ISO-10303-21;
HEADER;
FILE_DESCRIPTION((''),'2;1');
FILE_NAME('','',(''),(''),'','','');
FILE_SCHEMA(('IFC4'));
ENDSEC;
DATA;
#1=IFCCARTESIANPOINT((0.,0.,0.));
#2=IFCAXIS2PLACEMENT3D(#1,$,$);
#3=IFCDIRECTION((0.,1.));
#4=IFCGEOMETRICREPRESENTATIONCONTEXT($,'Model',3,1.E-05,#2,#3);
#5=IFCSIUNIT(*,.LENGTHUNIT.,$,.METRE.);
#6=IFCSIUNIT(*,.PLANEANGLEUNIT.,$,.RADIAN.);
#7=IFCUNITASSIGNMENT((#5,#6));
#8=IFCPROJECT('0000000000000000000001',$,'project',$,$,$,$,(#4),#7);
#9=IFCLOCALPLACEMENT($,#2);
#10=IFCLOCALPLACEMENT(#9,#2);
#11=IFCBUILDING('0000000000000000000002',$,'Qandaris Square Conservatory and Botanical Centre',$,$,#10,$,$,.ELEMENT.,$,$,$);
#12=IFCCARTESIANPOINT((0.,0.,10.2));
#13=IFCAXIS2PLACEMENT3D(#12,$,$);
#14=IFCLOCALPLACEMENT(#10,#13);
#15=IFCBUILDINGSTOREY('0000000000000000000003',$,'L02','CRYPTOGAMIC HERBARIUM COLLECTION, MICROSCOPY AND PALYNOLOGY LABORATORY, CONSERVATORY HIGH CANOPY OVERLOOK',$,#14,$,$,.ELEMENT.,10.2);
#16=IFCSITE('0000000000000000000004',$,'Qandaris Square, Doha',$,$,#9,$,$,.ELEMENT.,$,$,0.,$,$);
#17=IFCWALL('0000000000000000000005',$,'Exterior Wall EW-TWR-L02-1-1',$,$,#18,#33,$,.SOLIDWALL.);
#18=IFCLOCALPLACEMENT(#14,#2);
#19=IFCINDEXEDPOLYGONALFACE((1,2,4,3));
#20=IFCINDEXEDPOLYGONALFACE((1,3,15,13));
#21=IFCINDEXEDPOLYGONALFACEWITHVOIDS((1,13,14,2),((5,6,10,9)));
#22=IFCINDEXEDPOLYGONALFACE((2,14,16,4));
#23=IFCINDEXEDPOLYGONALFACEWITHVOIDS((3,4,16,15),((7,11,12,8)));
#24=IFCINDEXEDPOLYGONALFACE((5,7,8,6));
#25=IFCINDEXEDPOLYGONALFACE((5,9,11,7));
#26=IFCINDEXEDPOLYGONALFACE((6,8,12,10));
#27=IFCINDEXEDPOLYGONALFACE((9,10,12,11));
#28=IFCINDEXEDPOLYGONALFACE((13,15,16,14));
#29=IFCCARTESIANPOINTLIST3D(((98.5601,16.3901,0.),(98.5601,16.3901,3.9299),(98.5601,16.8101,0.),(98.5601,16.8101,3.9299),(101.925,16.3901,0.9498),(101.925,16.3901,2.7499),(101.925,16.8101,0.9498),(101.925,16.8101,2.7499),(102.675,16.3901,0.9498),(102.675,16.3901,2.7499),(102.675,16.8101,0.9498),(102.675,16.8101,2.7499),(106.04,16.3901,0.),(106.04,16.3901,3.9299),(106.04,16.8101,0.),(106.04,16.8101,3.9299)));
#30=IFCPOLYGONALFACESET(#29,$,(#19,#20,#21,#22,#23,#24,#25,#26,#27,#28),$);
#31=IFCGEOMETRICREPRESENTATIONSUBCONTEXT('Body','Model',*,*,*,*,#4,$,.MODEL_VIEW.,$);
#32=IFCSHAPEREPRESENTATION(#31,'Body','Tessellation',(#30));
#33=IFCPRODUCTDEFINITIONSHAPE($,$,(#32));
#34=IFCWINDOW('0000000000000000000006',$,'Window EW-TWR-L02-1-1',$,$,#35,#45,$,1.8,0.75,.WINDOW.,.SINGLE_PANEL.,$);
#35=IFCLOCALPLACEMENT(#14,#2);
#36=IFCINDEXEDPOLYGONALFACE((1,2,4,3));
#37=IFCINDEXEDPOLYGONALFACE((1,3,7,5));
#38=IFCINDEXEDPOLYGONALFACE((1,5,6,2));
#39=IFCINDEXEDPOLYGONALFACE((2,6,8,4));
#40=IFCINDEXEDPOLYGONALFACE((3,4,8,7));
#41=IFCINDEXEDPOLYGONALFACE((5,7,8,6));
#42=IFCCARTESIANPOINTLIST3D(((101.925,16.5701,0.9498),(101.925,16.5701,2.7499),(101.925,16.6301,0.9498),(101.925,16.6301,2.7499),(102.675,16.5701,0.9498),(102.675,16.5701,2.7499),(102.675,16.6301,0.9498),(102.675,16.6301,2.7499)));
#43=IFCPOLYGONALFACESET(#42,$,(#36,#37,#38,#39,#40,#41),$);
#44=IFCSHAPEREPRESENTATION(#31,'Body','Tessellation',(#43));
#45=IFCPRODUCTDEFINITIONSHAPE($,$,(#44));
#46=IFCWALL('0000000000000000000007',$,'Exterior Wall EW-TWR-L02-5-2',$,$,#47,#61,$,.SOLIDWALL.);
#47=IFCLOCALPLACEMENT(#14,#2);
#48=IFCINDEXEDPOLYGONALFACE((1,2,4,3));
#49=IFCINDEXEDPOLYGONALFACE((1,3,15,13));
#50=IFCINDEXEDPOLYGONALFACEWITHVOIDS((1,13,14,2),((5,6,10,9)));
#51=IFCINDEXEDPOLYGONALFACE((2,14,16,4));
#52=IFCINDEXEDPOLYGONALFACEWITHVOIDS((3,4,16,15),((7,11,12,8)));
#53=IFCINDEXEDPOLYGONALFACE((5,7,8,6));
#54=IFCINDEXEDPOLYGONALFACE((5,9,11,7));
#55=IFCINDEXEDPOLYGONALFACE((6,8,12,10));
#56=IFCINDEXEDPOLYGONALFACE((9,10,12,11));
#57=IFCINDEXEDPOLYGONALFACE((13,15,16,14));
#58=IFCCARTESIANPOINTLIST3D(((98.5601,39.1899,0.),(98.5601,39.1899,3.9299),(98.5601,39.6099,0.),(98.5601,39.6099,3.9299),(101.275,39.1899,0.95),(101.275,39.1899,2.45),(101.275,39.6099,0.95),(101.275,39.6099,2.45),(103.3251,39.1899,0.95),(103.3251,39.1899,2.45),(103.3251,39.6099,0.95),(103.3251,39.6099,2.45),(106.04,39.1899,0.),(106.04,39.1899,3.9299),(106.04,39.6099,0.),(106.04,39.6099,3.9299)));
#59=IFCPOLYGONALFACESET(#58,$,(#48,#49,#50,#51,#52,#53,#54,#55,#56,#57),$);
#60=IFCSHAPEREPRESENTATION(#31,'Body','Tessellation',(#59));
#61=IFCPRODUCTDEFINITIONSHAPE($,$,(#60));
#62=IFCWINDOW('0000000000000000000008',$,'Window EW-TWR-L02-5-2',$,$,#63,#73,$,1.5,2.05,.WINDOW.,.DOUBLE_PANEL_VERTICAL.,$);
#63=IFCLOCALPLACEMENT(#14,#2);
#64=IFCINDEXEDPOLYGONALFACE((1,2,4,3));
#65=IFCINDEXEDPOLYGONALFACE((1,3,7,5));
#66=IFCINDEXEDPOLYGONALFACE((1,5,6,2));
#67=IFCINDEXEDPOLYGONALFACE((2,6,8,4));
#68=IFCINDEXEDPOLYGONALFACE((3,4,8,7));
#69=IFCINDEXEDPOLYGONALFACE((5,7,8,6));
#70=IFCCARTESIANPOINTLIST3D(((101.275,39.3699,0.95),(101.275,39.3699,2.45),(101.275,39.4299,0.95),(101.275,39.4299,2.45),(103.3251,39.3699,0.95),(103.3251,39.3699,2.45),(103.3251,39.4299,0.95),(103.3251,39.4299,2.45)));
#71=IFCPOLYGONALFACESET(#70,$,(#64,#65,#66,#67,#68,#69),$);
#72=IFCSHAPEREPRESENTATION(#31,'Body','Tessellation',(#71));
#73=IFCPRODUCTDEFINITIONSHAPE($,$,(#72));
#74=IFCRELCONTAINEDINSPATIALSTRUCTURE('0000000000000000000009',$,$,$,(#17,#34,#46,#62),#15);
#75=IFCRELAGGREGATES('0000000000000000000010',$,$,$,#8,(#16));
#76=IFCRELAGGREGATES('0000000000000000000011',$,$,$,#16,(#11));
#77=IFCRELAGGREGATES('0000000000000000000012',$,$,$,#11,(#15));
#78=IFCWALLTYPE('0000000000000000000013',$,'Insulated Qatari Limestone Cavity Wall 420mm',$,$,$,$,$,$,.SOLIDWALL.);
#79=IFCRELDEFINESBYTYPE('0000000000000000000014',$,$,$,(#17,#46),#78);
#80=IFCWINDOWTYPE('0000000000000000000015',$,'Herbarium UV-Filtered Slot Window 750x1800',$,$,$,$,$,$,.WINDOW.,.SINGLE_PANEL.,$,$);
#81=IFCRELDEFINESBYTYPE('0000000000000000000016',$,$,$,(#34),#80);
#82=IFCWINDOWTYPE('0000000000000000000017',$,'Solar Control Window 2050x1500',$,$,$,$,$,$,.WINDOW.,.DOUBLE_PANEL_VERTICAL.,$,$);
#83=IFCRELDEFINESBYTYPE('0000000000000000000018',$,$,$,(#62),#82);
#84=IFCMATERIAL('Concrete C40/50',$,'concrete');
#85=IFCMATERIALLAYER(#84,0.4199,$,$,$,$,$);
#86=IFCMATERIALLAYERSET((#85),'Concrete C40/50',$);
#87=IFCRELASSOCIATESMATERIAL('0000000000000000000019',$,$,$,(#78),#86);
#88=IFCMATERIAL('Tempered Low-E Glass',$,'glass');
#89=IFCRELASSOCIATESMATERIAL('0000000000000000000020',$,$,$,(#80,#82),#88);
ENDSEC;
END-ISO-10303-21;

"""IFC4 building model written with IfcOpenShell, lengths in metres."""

from ifc_helpers import new_model, si_unit, direction, frame, frame_2d, origin, place, context, subcontext, project, spatial, rectangle, extrude, material, layer, layer_set, type_object, element, fill, save


model = new_model("IFC4")

# Units and contexts
model_context = context("Model", 3, precision=1e-05, world=origin(), true_north=direction((0.0, 1.0)))
body_context = subcontext(model_context, "Body", "Model", "MODEL_VIEW")
ifc_project = project(units=[si_unit("LENGTHUNIT", "METRE"), si_unit("PLANEANGLEUNIT", "RADIAN")], contexts=[model_context])

# Site, building, storey
site_placement = place(None, origin())
site = spatial("IfcSite", under=ifc_project, at=site_placement, Name="Qandaris Square, Doha", CompositionType="ELEMENT", RefElevation=0.0)
building_placement = place(site_placement, origin())
building = spatial("IfcBuilding", under=site, at=building_placement, Name="Qandaris Square Conservatory and Botanical Centre", CompositionType="ELEMENT")
storey_placement = place(building_placement, frame((0.0, 0.0, 10.2)))
storey = spatial("IfcBuildingStorey", under=building, at=storey_placement, Name="L02", Description="CRYPTOGAMIC HERBARIUM COLLECTION, MICROSCOPY AND PALYNOLOGY LABORATORY, CONSERVATORY HIGH CANOPY OVERLOOK", CompositionType="ELEMENT", Elevation=10.2)

# Shared definitions
ifc_material_1 = material(Name="Concrete C40/50", Category="concrete")

# Shared definitions
ifc_material_2 = material(Name="Tempered Low-E Glass", Category="glass")

# Walls, openings, windows
ifc_layer_1 = layer(ifc_material_1, 0.4199)
ifc_layer_set_1 = layer_set([ifc_layer_1], Name="Concrete C40/50")
wall_type_1 = type_object("IfcWallType", Name="Insulated Qatari Limestone Cavity Wall 420mm", PredefinedType="SOLIDWALL", material=ifc_layer_set_1)
wall_1_placement = place(storey_placement, frame((98.5601, 16.6001, 0.0), z_axis=(0.0, 0.0, 1.0), x_axis=(1.0, 0.0, 0.0)))
wall_1 = element("IfcWall", 1, at=wall_1_placement, inside=storey, type_object=wall_type_1, Name="Exterior Wall EW-TWR-L02-1-1", PredefinedType="SOLIDWALL", context=body_context, shape_type="SweptSolid", body=[
    extrude(rectangle(XDim=7.48, YDim=0.4199, at=frame_2d((3.74, 0.0))), origin(), (0.0, 0.0, 1.0), 3.9299),
])
opening_1_placement = place(wall_1_placement, frame((3.365, 0.0, 0.95)))
opening_1 = element("IfcOpeningElement", 2, at=opening_1_placement, cuts=wall_1, PredefinedType="OPENING", context=body_context, shape_type="SweptSolid", body=[
    extrude(rectangle(XDim=0.75, YDim=1.8, at=frame_2d((0.375, 0.8999))), frame((0.0, 0.2219, 0.0), z_axis=(0.0, -1.0, 0.0), x_axis=(1.0, 0.0, 0.0)), (0.0, 0.0, 1.0), 0.4438),
])
window_type_1 = type_object("IfcWindowType", Name="Herbarium UV-Filtered Slot Window 750x1800", PartitioningType="SINGLE_PANEL", PredefinedType="WINDOW", material=ifc_material_2)
window_1_placement = place(opening_1_placement, origin())
window_1 = element("IfcWindow", 3, at=window_1_placement, inside=storey, type_object=window_type_1, Name="Window EW-TWR-L02-1-1", OverallHeight=1.8, OverallWidth=0.75, PartitioningType="SINGLE_PANEL", PredefinedType="WINDOW", context=body_context, shape_type="SweptSolid", body=[
    extrude(rectangle(XDim=0.75, YDim=1.8, at=frame_2d((0.375, 0.8999))), frame((0.0, 0.03, 0.0), z_axis=(0.0, -1.0, 0.0), x_axis=(1.0, 0.0, 0.0)), (0.0, 0.0, 1.0), 0.0601),
])
fill(opening_1, window_1)
wall_2_placement = place(storey_placement, frame((106.04, 39.3999, 0.0), z_axis=(0.0, 0.0, 1.0), x_axis=(-1.0, 0.0, 0.0)))
wall_2 = element("IfcWall", 4, at=wall_2_placement, inside=storey, type_object=wall_type_1, Name="Exterior Wall EW-TWR-L02-5-2", PredefinedType="SOLIDWALL", context=body_context, shape_type="SweptSolid", body=[
    extrude(rectangle(XDim=7.48, YDim=0.4199, at=frame_2d((3.74, 0.0))), origin(), (0.0, 0.0, 1.0), 3.9299),
])
opening_2_placement = place(wall_2_placement, frame((2.7151, 0.0, 0.95)))
opening_2 = element("IfcOpeningElement", 5, at=opening_2_placement, cuts=wall_2, PredefinedType="OPENING", context=body_context, shape_type="SweptSolid", body=[
    extrude(rectangle(XDim=2.05, YDim=1.5, at=frame_2d((1.0249, 0.75))), frame((0.0, 0.2219, 0.0), z_axis=(0.0, -1.0, 0.0), x_axis=(1.0, 0.0, 0.0)), (0.0, 0.0, 1.0), 0.4438),
])
window_type_2 = type_object("IfcWindowType", Name="Solar Control Window 2050x1500", PartitioningType="DOUBLE_PANEL_VERTICAL", PredefinedType="WINDOW", material=ifc_material_2)
window_2_placement = place(opening_2_placement, origin())
window_2 = element("IfcWindow", 6, at=window_2_placement, inside=storey, type_object=window_type_2, Name="Window EW-TWR-L02-5-2", OverallHeight=1.5, OverallWidth=2.05, PartitioningType="DOUBLE_PANEL_VERTICAL", PredefinedType="WINDOW", context=body_context, shape_type="SweptSolid", body=[
    extrude(rectangle(XDim=2.05, YDim=1.5, at=frame_2d((1.0249, 0.75))), frame((0.0, 0.03, 0.0), z_axis=(0.0, -1.0, 0.0), x_axis=(1.0, 0.0, 0.0)), (0.0, 0.0, 1.0), 0.0601),
])
fill(opening_2, window_2)

save(model, "model.ifc")
